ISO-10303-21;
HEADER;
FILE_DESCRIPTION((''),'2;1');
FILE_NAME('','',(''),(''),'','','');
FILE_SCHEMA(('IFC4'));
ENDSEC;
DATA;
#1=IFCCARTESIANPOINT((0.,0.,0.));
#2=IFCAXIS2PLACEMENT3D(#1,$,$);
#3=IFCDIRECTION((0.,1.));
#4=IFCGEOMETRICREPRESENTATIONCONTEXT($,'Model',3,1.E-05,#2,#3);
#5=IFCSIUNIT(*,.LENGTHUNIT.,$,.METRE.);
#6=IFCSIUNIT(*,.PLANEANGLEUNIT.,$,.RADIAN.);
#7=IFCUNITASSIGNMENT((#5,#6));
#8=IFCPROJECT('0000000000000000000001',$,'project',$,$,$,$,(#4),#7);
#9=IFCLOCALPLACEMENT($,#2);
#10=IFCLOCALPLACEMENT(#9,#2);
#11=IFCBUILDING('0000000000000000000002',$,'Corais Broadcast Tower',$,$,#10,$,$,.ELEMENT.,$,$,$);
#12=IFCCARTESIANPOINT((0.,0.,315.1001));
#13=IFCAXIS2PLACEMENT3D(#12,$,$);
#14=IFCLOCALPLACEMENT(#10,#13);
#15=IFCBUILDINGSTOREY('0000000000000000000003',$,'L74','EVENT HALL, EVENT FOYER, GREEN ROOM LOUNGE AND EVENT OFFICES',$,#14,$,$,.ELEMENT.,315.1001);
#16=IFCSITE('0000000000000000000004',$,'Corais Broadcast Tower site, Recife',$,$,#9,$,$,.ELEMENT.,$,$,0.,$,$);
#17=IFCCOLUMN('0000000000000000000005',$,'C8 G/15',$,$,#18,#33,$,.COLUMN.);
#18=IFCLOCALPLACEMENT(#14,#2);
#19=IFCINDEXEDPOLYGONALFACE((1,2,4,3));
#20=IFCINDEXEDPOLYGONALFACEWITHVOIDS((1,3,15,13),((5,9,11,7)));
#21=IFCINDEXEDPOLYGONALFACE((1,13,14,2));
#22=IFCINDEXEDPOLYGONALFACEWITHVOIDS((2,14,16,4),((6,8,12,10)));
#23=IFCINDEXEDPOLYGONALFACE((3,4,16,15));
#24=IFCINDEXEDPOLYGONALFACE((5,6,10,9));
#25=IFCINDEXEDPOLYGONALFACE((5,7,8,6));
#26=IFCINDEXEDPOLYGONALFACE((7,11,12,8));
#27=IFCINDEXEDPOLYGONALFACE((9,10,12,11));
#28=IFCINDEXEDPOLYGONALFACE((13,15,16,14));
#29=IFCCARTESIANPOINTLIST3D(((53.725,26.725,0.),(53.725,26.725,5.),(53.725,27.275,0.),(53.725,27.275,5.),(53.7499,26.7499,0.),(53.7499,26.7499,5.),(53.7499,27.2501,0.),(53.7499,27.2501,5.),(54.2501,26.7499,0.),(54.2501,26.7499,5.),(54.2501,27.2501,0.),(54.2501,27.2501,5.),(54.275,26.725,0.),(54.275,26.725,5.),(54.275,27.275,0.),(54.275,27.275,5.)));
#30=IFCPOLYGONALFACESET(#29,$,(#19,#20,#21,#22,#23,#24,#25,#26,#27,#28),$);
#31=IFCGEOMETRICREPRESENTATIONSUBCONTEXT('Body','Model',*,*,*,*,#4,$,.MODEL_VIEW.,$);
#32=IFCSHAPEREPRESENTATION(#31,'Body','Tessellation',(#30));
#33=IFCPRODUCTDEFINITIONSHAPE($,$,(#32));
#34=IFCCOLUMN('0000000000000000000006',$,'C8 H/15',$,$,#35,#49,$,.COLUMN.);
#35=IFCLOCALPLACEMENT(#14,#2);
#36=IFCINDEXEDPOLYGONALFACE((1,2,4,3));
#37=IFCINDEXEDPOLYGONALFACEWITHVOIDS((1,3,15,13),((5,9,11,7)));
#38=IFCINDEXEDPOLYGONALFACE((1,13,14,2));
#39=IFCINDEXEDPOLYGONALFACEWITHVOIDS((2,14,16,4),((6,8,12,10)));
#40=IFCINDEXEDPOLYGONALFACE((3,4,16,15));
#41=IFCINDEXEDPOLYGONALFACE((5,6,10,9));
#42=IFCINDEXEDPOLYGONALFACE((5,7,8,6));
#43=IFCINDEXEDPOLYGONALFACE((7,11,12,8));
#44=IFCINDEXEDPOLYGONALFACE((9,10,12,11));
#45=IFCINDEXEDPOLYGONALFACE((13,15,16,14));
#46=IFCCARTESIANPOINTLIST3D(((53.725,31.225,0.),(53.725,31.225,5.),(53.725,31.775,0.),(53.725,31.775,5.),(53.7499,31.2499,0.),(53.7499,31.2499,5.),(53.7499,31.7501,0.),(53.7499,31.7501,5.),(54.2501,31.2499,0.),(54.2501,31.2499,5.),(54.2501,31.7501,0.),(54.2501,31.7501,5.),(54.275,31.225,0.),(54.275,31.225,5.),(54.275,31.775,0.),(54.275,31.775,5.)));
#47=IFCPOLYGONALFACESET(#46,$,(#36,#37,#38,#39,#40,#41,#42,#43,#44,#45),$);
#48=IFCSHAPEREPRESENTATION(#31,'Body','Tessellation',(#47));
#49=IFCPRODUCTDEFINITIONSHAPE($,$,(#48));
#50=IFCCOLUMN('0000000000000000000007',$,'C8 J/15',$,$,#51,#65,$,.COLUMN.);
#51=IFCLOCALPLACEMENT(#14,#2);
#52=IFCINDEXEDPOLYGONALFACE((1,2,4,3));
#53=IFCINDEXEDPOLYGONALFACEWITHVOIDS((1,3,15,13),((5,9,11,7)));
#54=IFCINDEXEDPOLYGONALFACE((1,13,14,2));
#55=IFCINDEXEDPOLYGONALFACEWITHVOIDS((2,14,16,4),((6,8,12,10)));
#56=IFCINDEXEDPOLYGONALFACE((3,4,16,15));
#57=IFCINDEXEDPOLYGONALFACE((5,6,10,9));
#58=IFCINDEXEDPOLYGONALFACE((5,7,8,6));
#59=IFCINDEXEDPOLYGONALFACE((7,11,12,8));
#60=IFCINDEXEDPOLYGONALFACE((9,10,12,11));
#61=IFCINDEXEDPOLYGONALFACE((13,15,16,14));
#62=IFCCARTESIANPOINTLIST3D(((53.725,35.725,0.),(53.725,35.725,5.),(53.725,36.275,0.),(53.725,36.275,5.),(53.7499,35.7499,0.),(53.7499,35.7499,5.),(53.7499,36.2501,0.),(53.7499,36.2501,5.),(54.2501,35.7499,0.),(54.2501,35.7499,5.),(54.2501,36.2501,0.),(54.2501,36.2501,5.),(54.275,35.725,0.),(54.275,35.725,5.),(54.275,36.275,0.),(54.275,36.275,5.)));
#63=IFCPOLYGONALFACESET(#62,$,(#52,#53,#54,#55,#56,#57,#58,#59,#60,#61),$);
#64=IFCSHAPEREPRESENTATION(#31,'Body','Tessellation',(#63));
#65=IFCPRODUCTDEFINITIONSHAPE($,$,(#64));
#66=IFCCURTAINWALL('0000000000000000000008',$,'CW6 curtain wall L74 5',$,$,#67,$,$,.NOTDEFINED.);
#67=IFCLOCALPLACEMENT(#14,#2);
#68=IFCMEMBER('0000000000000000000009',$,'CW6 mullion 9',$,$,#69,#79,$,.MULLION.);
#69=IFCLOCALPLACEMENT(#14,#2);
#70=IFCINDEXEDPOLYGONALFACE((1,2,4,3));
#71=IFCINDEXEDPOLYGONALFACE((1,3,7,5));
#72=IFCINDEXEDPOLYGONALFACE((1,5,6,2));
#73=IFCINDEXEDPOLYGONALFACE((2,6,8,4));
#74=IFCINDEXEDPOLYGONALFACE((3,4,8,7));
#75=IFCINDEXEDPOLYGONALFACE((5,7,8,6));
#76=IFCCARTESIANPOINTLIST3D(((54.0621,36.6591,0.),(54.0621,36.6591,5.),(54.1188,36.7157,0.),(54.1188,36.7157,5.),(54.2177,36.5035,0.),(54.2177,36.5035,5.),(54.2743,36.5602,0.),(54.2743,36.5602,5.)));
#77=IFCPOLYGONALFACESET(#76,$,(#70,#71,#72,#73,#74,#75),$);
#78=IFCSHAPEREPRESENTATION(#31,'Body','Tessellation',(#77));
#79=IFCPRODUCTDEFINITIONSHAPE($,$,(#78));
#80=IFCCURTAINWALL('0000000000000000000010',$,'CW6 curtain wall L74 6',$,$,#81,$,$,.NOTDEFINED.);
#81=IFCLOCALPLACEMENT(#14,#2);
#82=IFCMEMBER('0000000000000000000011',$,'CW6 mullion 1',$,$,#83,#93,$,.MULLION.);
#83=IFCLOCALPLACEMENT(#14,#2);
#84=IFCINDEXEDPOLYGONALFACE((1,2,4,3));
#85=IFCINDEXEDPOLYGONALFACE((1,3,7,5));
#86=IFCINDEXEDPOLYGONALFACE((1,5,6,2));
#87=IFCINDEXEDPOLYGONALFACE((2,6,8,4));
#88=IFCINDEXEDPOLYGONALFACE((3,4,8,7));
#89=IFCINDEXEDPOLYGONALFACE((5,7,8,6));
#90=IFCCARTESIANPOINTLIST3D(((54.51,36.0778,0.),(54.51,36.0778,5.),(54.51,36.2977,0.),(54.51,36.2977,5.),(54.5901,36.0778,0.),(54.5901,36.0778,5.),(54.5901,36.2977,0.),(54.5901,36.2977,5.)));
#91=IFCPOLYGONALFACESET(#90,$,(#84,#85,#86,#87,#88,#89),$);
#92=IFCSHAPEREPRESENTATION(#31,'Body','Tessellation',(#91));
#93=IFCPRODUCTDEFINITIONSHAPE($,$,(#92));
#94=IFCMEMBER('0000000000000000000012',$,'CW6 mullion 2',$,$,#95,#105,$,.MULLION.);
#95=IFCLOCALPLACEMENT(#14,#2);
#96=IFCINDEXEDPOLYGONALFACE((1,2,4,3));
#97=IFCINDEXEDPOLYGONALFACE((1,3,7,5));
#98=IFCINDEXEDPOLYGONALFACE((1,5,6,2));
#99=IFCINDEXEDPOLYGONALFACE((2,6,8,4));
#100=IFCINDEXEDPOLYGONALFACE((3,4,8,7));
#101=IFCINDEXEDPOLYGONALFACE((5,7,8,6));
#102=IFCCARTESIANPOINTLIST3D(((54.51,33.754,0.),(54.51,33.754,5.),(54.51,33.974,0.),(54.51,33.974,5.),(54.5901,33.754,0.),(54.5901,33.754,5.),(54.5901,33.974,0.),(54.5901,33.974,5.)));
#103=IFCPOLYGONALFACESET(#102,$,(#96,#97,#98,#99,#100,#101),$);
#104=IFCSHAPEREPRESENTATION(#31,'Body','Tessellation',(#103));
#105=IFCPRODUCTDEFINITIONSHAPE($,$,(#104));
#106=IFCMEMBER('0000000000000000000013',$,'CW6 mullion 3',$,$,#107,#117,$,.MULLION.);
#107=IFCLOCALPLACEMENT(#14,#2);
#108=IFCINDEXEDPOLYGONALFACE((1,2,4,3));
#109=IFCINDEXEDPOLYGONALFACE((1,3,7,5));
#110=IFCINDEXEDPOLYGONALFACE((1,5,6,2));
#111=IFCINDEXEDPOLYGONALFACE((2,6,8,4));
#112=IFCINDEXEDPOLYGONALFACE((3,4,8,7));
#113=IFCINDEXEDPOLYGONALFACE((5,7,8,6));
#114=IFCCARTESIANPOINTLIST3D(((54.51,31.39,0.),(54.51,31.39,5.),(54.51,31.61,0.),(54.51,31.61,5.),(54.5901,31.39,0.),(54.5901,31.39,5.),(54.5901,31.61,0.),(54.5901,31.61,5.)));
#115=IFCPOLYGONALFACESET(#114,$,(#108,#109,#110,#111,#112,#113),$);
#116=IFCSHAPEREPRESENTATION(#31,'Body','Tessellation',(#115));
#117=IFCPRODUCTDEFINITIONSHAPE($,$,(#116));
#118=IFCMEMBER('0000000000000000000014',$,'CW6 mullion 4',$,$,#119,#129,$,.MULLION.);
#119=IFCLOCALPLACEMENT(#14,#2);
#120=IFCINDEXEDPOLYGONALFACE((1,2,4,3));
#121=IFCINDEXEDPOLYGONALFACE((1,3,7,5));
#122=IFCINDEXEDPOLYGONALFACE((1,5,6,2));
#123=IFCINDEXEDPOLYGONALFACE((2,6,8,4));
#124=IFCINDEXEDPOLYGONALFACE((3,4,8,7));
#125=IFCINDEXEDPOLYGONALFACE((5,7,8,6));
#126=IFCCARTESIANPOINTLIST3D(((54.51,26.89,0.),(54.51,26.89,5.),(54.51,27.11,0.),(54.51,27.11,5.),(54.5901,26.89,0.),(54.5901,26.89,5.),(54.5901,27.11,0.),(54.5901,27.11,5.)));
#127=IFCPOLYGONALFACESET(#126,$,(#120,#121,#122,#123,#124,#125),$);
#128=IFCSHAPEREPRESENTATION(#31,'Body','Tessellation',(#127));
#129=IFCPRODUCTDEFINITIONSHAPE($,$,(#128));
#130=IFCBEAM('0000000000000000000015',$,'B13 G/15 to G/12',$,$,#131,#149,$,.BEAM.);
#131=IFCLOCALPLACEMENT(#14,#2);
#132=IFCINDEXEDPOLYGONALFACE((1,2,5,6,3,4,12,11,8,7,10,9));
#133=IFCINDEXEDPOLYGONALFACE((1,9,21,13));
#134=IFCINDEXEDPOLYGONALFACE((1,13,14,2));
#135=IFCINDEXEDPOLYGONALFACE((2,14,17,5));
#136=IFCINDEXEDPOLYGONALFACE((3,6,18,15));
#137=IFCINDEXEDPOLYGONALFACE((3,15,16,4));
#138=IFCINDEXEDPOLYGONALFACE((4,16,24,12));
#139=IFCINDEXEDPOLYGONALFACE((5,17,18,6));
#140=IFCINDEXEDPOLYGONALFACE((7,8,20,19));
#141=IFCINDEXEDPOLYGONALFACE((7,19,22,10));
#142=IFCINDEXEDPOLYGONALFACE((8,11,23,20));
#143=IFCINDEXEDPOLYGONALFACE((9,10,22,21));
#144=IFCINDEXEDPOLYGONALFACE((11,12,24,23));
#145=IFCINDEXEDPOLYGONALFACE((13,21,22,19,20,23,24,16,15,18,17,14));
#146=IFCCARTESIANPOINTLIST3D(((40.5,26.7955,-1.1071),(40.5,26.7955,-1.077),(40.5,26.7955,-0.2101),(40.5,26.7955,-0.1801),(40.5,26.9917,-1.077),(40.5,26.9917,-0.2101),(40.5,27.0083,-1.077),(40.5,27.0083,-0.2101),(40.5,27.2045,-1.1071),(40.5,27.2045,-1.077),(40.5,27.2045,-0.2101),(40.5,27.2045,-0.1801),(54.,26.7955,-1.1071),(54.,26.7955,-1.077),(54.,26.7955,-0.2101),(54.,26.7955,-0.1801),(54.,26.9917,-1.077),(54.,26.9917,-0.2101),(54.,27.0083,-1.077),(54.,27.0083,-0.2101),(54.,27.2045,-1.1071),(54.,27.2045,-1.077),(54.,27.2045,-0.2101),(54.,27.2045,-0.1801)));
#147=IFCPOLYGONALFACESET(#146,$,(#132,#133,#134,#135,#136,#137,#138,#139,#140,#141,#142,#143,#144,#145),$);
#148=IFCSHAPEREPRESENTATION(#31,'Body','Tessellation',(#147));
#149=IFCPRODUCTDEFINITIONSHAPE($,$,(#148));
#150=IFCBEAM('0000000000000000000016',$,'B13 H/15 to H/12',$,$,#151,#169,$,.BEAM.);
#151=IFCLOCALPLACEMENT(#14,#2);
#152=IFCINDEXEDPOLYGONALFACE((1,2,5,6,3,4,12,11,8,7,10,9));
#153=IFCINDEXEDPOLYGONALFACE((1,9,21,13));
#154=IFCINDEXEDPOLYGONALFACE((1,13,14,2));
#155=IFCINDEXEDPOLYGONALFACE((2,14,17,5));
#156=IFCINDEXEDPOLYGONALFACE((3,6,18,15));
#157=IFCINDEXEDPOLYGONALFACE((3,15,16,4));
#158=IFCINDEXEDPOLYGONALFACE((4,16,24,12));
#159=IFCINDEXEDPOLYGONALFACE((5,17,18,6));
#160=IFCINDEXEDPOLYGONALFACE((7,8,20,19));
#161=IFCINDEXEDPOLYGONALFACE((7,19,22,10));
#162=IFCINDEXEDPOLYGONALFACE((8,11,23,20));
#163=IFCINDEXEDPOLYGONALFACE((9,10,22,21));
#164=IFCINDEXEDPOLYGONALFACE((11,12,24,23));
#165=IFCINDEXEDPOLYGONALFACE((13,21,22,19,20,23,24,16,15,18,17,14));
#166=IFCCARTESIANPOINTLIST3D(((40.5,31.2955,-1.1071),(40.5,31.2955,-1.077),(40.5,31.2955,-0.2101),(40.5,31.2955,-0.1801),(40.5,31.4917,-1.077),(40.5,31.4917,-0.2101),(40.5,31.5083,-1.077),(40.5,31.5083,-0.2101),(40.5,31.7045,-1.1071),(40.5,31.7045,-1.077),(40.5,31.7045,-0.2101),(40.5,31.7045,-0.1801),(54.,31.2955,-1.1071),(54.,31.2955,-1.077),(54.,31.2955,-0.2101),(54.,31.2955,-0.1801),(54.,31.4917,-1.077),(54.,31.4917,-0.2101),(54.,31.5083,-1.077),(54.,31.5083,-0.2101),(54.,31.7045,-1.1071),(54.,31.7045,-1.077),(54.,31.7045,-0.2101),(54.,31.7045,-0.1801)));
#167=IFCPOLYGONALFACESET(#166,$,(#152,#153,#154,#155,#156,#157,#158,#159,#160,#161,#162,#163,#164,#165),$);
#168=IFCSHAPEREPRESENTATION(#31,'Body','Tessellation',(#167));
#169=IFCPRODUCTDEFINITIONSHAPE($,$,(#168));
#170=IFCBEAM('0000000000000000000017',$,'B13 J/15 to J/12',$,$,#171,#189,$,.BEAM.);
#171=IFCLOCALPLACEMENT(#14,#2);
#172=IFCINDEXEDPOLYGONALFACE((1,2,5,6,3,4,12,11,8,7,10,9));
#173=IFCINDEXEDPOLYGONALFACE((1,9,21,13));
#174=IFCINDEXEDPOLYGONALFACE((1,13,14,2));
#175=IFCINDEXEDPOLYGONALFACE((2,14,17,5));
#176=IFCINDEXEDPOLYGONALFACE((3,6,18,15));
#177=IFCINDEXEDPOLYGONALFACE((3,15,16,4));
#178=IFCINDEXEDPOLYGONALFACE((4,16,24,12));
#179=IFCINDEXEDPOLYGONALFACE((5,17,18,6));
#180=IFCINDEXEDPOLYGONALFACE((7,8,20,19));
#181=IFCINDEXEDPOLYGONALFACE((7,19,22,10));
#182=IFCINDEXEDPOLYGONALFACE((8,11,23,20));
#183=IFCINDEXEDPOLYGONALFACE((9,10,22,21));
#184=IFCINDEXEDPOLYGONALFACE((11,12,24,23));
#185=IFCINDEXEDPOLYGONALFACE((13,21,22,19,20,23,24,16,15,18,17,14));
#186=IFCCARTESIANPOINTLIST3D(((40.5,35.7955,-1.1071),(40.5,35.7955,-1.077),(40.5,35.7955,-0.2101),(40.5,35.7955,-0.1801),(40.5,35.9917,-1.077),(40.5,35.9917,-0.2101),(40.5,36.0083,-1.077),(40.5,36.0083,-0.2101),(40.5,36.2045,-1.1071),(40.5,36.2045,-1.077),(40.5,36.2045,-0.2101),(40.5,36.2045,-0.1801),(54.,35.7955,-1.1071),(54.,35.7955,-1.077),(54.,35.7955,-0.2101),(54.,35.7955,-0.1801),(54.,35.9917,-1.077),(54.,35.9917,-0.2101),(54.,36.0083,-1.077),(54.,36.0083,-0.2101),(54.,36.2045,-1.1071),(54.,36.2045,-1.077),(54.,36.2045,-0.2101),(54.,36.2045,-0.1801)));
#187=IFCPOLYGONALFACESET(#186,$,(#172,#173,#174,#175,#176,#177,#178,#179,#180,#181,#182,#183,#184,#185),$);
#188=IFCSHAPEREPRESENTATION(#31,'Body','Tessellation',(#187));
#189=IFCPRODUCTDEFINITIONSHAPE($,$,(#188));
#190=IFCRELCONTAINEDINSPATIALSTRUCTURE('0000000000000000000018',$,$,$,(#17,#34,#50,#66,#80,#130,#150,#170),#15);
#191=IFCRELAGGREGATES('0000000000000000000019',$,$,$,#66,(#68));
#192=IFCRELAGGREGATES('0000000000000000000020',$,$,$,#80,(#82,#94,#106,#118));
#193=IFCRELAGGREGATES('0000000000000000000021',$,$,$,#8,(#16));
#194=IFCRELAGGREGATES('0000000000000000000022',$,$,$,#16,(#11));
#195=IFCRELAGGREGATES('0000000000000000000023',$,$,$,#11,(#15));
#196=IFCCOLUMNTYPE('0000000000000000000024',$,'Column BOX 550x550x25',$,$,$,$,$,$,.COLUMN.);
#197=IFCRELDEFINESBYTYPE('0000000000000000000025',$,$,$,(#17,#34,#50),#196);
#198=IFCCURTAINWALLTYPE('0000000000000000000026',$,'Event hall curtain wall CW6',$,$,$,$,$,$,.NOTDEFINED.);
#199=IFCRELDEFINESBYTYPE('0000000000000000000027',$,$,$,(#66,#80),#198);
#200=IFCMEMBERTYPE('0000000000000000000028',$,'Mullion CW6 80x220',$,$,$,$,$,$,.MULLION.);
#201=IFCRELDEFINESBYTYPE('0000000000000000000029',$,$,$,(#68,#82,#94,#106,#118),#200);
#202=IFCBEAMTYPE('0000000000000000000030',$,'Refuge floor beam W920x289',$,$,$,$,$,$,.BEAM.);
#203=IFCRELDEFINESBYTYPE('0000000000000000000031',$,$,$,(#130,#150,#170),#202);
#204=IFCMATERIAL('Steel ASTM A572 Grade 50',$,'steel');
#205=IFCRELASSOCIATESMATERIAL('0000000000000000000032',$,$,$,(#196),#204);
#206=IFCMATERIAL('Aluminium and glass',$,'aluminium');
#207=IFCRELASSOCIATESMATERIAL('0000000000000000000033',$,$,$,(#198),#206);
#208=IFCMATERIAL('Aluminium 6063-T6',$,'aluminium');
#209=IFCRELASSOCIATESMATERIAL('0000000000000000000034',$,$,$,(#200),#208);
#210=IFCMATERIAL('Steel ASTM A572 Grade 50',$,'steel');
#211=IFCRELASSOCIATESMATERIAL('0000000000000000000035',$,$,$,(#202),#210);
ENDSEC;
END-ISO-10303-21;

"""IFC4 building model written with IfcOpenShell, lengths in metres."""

from ifc_helpers import new_model, si_unit, direction, frame, origin, origin_2d, place, context, subcontext, project, spatial, rectangle, hollow_rectangle, i_section, extrude, material, material_profile, profile_set, type_object, element, aggregate, save


model = new_model("IFC4")

# Units and contexts
model_context = context("Model", 3, precision=1e-05, world=origin(), true_north=direction((0.0, 1.0)))
body_context = subcontext(model_context, "Body", "Model", "MODEL_VIEW")
ifc_project = project(units=[si_unit("LENGTHUNIT", "METRE"), si_unit("PLANEANGLEUNIT", "RADIAN")], contexts=[model_context])

# Site, building, storey
site_placement = place(None, origin())
site = spatial("IfcSite", under=ifc_project, at=site_placement, Name="Corais Broadcast Tower site, Recife", CompositionType="ELEMENT", RefElevation=0.0)
building_placement = place(site_placement, origin())
building = spatial("IfcBuilding", under=site, at=building_placement, Name="Corais Broadcast Tower", CompositionType="ELEMENT")
storey_placement = place(building_placement, frame((0.0, 0.0, 315.1001)))
storey = spatial("IfcBuildingStorey", under=building, at=storey_placement, Name="L74", Description="EVENT HALL, EVENT FOYER, GREEN ROOM LOUNGE AND EVENT OFFICES", CompositionType="ELEMENT", Elevation=315.1001)

# Columns
ifc_material_1 = material(Name="Steel ASTM A572 Grade 50", Category="steel")
ifc_material_profile_1 = material_profile(ifc_material_1, hollow_rectangle(XDim=0.55, YDim=0.55, WallThickness=0.0249, at=origin_2d()), Name="BOX 550x550x25")
ifc_profile_set_1 = profile_set([ifc_material_profile_1], Name="Steel ASTM A572 Grade 50")
column_type = type_object("IfcColumnType", Name="Column BOX 550x550x25", PredefinedType="COLUMN", material=ifc_profile_set_1)
for number, where, z_axis, x_axis, name in (
    (1, (54.0, 27.0, 0.0), (0.0, 0.0, 1.0), (1.0, 0.0, 0.0), "C8 G/15"),
    (2, (54.0, 31.5, 0.0), (0.0, 0.0, 1.0), (1.0, 0.0, 0.0), "C8 H/15"),
    (3, (54.0, 36.0, 0.0), (0.0, 0.0, 1.0), (1.0, 0.0, 0.0), "C8 J/15"),
):
    element("IfcColumn", number, at=place(storey_placement, frame(where, z_axis=z_axis, x_axis=x_axis)), inside=storey, type_object=column_type, Name=name, PredefinedType="COLUMN", context=body_context, shape_type="SweptSolid", body=[
        extrude(hollow_rectangle(XDim=0.55, YDim=0.55, WallThickness=0.0249, at=origin_2d()), origin(), (0.0, 0.0, 1.0), 5.0),
    ])

# Curtain wall, member
ifc_material_2 = material(Name="Aluminium and glass", Category="aluminium")
curtain_wall_type = type_object("IfcCurtainWallType", Name="Event hall curtain wall CW6", PredefinedType="NOTDEFINED", material=ifc_material_2)
curtain_wall_1_placement = place(storey_placement, origin())
curtain_wall_1 = element("IfcCurtainWall", 4, at=curtain_wall_1_placement, inside=storey, type_object=curtain_wall_type, Name="CW6 curtain wall L74 5", PredefinedType="NOTDEFINED")
ifc_material_3 = material(Name="Aluminium 6063-T6", Category="aluminium")
ifc_material_profile_2 = material_profile(ifc_material_3, rectangle(XDim=0.0801, YDim=0.22, at=origin_2d()), Name="Mullion CW6 80x220")
ifc_profile_set_2 = profile_set([ifc_material_profile_2], Name="Aluminium 6063-T6")
member_type_1 = type_object("IfcMemberType", Name="Mullion CW6 80x220", PredefinedType="MULLION", material=ifc_profile_set_2)
member_1_placement = place(storey_placement, frame((54.1682, 36.6096, 0.0), z_axis=(0.0, 0.0, 1.0), x_axis=(0.707107, 0.707107, 0.0)))
member_1 = element("IfcMember", 5, at=member_1_placement, type_object=member_type_1, Name="CW6 mullion 9", PredefinedType="MULLION", context=body_context, shape_type="SweptSolid", body=[
    extrude(rectangle(XDim=0.0801, YDim=0.22, at=origin_2d()), origin(), (0.0, 0.0, 1.0), 5.0),
])
aggregate(curtain_wall_1, [member_1])

# Curtain wall, members
curtain_wall_2_placement = place(storey_placement, origin())
curtain_wall_2 = element("IfcCurtainWall", 6, at=curtain_wall_2_placement, inside=storey, type_object=curtain_wall_type, Name="CW6 curtain wall L74 6", PredefinedType="NOTDEFINED")
member_2_placement = place(storey_placement, frame((54.55, 36.1877, 0.0), z_axis=(0.0, 0.0, 1.0), x_axis=(1.0, 0.0, 0.0)))
member_2 = element("IfcMember", 7, at=member_2_placement, type_object=member_type_1, Name="CW6 mullion 1", PredefinedType="MULLION", context=body_context, shape_type="SweptSolid", body=[
    extrude(rectangle(XDim=0.0801, YDim=0.22, at=origin_2d()), origin(), (0.0, 0.0, 1.0), 5.0),
])
member_3_placement = place(storey_placement, frame((54.55, 33.864, 0.0), z_axis=(0.0, 0.0, 1.0), x_axis=(1.0, 0.0, 0.0)))
member_3 = element("IfcMember", 8, at=member_3_placement, type_object=member_type_1, Name="CW6 mullion 2", PredefinedType="MULLION", context=body_context, shape_type="SweptSolid", body=[
    extrude(rectangle(XDim=0.0801, YDim=0.22, at=origin_2d()), origin(), (0.0, 0.0, 1.0), 5.0),
])
member_4_placement = place(storey_placement, frame((54.55, 31.5, 0.0), z_axis=(0.0, 0.0, 1.0), x_axis=(1.0, 0.0, 0.0)))
member_4 = element("IfcMember", 9, at=member_4_placement, type_object=member_type_1, Name="CW6 mullion 3", PredefinedType="MULLION", context=body_context, shape_type="SweptSolid", body=[
    extrude(rectangle(XDim=0.0801, YDim=0.22, at=origin_2d()), origin(), (0.0, 0.0, 1.0), 5.0),
])
member_5_placement = place(storey_placement, frame((54.55, 27.0, 0.0), z_axis=(0.0, 0.0, 1.0), x_axis=(1.0, 0.0, 0.0)))
member_5 = element("IfcMember", 10, at=member_5_placement, type_object=member_type_1, Name="CW6 mullion 4", PredefinedType="MULLION", context=body_context, shape_type="SweptSolid", body=[
    extrude(rectangle(XDim=0.0801, YDim=0.22, at=origin_2d()), origin(), (0.0, 0.0, 1.0), 5.0),
])

# Beams
ifc_material_4 = material(Name="Steel ASTM A572 Grade 50", Category="steel")
ifc_material_profile_3 = material_profile(ifc_material_4, i_section(OverallWidth=0.4089, OverallDepth=0.927, WebThickness=0.0166, FlangeThickness=0.03, at=origin_2d()), Name="W920x289")
ifc_profile_set_3 = profile_set([ifc_material_profile_3], Name="Steel ASTM A572 Grade 50")
beam_type_1 = type_object("IfcBeamType", Name="Refuge floor beam W920x289", PredefinedType="BEAM", material=ifc_profile_set_3)
for number, where, z_axis, x_axis, name in (
    (11, (54.0, 27.0, -0.6436), (-1.0, 0.0, 0.0), (0.0, -1.0, 0.0), "B13 G/15 to G/12"),
    (12, (54.0, 31.5, -0.6436), (-1.0, 0.0, 0.0), (0.0, -1.0, 0.0), "B13 H/15 to H/12"),
    (13, (54.0, 36.0, -0.6436), (-1.0, 0.0, 0.0), (0.0, -1.0, 0.0), "B13 J/15 to J/12"),
):
    element("IfcBeam", number, at=place(storey_placement, frame(where, z_axis=z_axis, x_axis=x_axis)), inside=storey, type_object=beam_type_1, Name=name, PredefinedType="BEAM", context=body_context, shape_type="SweptSolid", body=[
        extrude(i_section(OverallWidth=0.4089, OverallDepth=0.927, WebThickness=0.0166, FlangeThickness=0.03, at=origin_2d()), origin(), (0.0, 0.0, 1.0), 13.5),
    ])

aggregate(curtain_wall_2, [member_2, member_3, member_4, member_5])

save(model, "model.ifc")
